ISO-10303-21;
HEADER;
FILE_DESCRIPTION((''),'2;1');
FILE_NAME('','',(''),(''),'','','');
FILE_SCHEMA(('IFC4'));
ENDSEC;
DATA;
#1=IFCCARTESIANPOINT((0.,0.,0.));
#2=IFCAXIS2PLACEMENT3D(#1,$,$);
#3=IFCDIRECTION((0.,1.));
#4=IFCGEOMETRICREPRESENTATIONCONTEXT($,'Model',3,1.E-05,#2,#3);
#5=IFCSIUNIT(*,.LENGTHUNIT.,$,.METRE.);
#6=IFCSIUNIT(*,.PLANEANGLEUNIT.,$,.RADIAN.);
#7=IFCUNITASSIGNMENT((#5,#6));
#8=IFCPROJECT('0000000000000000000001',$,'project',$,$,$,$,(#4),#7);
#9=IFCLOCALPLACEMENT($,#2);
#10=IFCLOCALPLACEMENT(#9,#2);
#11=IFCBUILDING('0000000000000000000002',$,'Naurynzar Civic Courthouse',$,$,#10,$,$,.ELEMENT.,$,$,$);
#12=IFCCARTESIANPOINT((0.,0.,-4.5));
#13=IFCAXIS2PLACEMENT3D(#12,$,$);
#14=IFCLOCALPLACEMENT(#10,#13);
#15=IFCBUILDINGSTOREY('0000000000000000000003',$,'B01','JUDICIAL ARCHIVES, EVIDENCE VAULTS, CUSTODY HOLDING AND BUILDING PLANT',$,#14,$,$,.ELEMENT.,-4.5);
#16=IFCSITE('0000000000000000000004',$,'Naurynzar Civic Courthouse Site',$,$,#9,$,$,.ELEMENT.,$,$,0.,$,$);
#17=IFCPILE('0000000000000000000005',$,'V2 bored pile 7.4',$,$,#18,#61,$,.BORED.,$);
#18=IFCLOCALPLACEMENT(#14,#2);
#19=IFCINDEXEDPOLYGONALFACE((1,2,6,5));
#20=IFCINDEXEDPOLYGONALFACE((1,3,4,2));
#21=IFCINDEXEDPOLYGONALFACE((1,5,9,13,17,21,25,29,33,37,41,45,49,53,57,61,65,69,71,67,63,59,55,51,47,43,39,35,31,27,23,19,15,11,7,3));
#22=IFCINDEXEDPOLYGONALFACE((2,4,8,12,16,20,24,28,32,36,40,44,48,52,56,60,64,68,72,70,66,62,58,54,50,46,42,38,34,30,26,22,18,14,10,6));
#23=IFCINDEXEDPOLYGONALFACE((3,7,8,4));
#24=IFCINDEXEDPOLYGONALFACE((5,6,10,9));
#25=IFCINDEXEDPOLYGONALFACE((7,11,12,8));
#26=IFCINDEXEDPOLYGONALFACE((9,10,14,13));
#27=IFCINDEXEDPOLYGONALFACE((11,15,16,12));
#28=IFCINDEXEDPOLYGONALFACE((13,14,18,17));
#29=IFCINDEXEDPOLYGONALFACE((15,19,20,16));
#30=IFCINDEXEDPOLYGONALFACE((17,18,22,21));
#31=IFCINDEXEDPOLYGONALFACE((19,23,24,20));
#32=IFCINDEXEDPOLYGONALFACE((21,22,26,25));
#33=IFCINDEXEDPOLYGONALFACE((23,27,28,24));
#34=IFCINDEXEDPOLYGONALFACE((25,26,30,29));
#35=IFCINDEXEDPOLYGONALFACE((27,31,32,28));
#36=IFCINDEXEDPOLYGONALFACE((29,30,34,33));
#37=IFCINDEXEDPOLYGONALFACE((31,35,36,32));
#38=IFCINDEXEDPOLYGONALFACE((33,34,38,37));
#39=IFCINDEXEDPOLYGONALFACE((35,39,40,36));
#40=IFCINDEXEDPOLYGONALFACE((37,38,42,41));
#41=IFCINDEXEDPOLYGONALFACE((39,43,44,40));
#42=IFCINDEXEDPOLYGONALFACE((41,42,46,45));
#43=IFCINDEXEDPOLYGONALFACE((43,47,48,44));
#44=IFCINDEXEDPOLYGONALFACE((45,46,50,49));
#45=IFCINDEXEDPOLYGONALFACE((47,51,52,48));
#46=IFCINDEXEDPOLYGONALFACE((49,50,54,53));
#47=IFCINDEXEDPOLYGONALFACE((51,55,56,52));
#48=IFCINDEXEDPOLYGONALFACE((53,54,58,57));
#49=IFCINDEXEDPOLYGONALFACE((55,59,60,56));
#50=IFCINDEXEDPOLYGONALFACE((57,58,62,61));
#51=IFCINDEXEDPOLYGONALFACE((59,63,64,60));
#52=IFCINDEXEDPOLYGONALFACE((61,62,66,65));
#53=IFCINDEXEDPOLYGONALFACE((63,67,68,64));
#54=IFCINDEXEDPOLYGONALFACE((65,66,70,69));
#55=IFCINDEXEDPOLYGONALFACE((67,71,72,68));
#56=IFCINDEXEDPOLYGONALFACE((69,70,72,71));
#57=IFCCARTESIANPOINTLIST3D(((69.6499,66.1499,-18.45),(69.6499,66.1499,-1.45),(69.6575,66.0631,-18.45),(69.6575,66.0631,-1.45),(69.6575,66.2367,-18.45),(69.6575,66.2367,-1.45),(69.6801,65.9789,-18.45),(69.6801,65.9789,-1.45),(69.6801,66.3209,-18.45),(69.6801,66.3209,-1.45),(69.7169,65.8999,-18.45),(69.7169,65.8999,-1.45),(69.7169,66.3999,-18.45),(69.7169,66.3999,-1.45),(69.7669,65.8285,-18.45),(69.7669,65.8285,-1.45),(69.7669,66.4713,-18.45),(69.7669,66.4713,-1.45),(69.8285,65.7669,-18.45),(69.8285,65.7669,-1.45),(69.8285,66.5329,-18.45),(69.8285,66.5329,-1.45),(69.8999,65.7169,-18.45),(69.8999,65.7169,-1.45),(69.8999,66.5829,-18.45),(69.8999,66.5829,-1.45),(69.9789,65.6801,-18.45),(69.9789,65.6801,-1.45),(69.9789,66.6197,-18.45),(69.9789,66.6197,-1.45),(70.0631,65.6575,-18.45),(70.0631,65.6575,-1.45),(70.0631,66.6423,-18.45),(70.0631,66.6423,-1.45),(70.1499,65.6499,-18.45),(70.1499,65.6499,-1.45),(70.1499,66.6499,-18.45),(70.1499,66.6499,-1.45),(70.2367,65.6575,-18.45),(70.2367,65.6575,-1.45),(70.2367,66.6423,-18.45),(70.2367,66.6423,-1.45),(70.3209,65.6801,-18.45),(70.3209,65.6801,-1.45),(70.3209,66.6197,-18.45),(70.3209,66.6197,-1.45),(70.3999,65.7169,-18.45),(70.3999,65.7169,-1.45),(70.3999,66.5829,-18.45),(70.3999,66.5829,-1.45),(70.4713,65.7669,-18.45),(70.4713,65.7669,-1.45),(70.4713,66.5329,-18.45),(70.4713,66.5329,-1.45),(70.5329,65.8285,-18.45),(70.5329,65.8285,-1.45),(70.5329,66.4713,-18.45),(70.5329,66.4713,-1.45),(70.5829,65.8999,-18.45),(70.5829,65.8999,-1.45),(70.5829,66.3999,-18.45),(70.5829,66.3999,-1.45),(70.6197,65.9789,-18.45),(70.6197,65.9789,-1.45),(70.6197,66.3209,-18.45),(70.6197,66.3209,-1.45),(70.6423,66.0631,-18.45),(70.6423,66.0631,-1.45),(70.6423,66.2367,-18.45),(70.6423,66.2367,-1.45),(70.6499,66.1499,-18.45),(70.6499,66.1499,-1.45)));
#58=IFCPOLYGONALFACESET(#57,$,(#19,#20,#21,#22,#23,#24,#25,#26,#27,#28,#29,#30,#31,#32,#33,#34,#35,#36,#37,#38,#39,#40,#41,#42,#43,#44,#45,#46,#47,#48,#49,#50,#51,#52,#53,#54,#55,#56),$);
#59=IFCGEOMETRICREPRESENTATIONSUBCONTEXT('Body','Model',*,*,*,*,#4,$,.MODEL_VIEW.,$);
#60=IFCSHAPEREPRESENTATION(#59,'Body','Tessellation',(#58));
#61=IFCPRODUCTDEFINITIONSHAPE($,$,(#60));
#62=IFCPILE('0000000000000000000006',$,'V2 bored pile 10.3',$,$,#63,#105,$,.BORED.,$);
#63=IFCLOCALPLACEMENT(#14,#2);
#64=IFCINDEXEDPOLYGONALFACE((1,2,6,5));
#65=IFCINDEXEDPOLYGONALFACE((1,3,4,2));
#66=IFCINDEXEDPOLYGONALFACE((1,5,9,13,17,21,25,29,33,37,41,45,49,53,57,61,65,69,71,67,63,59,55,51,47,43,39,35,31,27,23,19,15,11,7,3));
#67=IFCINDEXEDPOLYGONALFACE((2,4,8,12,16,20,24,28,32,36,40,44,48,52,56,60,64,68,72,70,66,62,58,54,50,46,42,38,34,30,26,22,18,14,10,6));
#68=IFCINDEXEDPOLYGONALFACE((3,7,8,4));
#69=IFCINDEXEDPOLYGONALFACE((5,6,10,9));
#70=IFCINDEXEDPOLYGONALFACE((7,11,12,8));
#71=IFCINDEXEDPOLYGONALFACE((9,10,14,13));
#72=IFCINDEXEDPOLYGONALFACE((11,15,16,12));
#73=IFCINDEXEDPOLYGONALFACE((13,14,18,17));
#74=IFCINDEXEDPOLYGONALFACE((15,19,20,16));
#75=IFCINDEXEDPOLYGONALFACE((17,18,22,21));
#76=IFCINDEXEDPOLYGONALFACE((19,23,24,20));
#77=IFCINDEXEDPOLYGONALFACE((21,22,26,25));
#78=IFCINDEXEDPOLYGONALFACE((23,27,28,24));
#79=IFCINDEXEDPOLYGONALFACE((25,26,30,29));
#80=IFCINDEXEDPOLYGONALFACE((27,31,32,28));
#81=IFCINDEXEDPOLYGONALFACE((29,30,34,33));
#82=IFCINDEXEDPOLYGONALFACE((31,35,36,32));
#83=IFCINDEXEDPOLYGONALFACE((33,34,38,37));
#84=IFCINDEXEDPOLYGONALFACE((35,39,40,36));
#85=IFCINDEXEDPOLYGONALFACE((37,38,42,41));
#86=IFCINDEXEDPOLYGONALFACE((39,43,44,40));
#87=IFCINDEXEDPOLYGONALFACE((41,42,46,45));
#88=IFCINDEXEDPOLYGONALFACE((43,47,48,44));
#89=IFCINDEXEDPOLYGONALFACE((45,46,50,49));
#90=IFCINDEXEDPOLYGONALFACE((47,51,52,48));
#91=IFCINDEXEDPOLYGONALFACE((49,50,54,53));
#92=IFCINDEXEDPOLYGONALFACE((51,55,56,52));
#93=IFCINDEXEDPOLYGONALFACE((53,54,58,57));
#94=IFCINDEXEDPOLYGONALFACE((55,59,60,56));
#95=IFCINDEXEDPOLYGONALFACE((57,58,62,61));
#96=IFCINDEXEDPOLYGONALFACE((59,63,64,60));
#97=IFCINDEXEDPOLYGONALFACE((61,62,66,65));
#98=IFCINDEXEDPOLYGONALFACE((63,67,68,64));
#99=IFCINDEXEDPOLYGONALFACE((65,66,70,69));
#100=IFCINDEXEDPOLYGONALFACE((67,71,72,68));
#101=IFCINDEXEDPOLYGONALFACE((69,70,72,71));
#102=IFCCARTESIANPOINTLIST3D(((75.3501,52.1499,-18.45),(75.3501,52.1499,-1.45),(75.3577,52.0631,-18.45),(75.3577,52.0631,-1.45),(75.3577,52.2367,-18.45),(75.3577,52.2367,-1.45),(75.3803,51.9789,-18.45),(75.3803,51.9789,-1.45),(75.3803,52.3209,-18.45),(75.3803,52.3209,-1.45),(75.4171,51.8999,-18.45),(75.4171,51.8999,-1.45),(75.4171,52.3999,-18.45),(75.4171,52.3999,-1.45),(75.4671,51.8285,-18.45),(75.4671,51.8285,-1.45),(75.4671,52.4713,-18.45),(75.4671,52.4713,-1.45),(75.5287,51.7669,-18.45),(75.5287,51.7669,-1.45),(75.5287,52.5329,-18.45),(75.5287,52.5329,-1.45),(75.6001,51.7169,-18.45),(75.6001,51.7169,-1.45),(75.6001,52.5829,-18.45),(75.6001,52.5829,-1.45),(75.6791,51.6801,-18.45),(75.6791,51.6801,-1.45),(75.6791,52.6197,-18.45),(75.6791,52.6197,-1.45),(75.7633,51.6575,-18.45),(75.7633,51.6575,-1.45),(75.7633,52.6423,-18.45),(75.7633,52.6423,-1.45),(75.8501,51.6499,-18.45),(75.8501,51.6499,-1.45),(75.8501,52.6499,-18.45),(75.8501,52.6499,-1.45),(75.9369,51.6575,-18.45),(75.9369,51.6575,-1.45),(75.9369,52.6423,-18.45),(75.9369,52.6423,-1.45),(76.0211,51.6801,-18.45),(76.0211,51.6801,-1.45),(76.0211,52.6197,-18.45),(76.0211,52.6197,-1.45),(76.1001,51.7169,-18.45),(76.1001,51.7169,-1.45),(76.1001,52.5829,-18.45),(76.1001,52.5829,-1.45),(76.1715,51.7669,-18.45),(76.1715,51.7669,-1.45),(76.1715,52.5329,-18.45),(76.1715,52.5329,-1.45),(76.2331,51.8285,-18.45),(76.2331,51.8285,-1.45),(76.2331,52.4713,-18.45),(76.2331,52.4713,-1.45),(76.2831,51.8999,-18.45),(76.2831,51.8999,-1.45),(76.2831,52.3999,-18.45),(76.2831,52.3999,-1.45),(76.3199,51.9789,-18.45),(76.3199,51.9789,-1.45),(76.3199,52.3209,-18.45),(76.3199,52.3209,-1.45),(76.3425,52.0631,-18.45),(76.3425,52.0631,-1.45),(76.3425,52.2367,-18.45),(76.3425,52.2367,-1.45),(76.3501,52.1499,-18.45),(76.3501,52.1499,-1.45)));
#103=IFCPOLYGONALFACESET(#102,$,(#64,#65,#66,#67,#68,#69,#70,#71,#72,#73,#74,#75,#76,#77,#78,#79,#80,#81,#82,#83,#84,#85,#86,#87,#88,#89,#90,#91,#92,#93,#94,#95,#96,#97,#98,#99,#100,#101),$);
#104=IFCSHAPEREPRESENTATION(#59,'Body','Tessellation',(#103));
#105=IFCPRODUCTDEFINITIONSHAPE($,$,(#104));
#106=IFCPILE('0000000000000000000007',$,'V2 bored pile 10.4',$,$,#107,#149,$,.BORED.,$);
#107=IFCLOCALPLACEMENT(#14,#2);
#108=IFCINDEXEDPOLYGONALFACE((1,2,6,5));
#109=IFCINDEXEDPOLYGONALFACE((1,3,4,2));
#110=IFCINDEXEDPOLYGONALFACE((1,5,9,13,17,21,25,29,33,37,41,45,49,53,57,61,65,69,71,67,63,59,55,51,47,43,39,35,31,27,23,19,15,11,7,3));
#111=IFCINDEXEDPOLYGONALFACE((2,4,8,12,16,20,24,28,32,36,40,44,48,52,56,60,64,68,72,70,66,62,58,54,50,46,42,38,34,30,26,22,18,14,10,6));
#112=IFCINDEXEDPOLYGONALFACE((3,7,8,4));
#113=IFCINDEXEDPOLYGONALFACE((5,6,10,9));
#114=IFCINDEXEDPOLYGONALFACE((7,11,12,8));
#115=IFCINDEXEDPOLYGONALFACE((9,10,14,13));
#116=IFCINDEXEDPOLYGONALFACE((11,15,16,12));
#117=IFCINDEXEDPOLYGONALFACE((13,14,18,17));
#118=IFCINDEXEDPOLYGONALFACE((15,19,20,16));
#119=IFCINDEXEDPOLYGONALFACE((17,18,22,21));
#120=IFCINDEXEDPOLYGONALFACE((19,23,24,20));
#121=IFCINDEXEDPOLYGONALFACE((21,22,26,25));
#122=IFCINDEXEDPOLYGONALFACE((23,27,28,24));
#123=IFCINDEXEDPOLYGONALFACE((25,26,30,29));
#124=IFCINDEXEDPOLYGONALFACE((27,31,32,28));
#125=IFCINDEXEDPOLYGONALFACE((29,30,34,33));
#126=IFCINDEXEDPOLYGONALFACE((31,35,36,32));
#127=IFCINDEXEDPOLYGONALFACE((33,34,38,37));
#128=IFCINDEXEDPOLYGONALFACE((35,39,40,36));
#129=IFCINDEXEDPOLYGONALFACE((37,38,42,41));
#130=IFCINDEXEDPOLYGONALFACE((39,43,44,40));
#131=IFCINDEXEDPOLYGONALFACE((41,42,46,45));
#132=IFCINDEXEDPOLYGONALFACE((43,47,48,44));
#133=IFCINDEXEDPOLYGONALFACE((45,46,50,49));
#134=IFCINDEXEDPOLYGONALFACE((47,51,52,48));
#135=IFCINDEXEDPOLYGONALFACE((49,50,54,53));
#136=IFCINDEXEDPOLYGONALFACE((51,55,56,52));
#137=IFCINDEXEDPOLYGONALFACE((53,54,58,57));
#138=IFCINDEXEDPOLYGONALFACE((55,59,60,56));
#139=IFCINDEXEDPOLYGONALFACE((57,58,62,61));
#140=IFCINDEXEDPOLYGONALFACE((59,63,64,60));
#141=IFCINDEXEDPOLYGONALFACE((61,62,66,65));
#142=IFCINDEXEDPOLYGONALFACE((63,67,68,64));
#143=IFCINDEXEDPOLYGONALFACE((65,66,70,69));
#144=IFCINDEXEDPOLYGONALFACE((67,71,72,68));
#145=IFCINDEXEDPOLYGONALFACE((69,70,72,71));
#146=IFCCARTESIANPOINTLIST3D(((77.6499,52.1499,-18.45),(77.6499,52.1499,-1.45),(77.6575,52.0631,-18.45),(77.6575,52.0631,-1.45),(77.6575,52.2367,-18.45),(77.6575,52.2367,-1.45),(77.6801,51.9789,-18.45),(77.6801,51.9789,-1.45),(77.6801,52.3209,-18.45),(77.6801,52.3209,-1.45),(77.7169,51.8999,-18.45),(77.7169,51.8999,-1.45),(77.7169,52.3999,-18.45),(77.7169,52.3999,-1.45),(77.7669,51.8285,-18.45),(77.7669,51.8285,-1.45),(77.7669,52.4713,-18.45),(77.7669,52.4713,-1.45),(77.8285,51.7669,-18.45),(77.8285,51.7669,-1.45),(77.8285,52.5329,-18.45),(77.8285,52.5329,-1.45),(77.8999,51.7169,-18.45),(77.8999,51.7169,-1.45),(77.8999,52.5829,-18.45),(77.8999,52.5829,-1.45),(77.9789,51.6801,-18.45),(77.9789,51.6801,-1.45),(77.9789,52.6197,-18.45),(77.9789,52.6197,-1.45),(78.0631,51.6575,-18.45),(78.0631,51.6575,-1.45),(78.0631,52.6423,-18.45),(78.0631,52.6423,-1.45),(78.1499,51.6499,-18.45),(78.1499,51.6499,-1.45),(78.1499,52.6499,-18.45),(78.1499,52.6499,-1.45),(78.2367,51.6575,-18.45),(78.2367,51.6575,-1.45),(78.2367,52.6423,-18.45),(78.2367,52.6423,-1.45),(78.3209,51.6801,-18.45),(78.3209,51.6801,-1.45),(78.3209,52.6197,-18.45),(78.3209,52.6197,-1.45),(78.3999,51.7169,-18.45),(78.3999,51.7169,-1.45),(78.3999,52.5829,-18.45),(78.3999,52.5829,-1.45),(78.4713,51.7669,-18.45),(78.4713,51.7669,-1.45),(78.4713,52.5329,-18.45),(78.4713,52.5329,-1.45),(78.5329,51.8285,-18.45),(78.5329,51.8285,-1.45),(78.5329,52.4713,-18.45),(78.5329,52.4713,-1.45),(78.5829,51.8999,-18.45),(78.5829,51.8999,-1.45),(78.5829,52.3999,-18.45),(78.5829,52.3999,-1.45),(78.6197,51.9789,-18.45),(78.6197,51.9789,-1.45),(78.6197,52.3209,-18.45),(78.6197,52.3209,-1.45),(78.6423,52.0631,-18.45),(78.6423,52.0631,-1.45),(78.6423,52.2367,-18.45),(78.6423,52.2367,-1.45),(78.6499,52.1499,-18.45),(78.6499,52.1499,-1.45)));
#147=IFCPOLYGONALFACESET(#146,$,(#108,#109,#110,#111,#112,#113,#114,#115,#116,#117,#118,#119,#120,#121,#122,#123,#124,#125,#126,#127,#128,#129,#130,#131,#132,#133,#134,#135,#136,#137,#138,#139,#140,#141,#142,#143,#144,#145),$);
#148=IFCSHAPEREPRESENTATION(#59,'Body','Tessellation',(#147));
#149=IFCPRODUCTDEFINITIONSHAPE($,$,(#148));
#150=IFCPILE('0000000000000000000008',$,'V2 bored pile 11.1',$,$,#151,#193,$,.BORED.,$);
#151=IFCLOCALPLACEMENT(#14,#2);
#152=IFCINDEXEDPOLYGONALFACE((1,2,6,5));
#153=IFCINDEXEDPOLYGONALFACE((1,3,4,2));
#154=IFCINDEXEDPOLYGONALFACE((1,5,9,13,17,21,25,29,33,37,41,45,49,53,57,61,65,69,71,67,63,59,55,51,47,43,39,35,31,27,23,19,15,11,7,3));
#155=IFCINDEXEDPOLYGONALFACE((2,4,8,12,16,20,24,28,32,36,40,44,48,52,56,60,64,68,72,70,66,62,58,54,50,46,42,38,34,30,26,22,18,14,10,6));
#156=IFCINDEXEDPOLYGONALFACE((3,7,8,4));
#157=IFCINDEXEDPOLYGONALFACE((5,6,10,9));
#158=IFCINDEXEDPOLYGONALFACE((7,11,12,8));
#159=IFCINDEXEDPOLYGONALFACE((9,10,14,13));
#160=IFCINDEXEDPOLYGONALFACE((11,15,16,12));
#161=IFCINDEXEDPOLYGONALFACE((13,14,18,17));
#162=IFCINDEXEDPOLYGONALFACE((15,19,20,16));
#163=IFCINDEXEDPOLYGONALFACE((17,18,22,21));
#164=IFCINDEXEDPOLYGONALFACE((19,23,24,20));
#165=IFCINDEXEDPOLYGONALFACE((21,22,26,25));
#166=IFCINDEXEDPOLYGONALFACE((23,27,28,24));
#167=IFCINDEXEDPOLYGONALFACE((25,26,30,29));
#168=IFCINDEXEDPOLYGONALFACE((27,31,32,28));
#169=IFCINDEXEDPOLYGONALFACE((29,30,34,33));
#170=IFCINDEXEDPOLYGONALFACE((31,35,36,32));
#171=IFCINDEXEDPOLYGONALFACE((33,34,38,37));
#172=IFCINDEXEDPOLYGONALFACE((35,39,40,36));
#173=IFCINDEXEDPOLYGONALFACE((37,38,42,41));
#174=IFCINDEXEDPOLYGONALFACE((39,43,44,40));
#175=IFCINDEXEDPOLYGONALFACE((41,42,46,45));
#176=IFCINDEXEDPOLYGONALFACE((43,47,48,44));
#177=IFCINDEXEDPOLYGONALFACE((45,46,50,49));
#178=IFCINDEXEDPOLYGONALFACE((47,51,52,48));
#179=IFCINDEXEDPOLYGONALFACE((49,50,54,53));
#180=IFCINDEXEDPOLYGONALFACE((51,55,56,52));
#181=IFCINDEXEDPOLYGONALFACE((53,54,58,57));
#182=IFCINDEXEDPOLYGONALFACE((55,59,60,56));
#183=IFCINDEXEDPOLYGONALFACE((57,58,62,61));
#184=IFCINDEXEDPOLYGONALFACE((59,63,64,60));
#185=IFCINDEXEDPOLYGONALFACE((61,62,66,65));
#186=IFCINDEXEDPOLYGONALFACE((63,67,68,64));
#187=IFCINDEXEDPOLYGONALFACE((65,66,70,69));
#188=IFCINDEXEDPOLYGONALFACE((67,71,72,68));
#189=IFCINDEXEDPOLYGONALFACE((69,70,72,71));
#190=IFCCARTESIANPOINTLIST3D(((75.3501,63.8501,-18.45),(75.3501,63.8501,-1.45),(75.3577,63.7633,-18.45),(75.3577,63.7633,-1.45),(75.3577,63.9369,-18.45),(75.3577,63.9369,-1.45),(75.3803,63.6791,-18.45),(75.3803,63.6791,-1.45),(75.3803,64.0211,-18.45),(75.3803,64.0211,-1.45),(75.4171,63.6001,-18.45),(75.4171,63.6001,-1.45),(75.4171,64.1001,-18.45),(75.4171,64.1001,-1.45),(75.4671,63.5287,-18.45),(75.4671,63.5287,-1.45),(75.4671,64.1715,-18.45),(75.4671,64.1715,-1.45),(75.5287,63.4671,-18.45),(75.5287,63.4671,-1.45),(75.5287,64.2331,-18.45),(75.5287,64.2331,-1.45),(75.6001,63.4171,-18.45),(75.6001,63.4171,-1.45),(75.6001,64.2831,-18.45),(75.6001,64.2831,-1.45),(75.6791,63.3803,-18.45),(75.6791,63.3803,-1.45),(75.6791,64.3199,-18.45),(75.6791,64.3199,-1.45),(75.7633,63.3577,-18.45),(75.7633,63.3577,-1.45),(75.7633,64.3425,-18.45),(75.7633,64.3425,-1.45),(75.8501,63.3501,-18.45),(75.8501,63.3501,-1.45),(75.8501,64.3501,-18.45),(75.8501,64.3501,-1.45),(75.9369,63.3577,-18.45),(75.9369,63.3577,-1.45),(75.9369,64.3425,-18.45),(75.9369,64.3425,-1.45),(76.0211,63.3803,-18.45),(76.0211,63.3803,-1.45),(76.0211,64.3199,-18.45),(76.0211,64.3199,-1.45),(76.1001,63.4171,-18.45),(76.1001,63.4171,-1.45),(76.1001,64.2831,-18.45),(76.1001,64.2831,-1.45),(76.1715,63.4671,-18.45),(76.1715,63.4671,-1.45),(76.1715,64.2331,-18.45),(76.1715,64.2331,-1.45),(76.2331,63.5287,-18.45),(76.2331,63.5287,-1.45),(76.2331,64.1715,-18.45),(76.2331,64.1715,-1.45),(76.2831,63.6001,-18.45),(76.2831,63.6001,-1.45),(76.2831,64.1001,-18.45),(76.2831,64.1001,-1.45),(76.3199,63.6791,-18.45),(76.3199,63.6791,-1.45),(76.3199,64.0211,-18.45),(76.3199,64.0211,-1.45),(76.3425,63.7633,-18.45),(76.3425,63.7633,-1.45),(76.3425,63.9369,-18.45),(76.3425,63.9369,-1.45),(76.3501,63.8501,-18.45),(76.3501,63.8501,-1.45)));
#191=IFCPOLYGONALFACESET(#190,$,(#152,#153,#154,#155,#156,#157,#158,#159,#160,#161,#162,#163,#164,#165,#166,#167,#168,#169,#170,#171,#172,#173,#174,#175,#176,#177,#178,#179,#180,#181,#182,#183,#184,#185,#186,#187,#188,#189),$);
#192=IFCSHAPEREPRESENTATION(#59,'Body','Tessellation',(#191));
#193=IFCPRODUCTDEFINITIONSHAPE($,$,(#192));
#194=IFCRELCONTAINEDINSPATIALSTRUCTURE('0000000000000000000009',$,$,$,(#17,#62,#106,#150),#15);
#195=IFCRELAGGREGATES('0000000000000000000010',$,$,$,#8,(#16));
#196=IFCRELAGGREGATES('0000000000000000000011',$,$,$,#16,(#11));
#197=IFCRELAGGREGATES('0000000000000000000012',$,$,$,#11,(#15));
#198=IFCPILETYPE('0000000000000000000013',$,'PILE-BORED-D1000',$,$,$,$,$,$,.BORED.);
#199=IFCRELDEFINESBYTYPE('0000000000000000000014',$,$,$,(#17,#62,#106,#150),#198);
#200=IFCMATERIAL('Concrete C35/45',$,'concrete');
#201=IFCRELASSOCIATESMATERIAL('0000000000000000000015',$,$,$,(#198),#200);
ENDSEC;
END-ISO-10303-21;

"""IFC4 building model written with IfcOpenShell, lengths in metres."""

from ifc_helpers import new_model, si_unit, direction, frame, origin, origin_2d, place, context, subcontext, project, spatial, circle, extrude, material, material_profile, profile_set, type_object, element, save


model = new_model("IFC4")

# Units and contexts
model_context = context("Model", 3, precision=1e-05, world=origin(), true_north=direction((0.0, 1.0)))
body_context = subcontext(model_context, "Body", "Model", "MODEL_VIEW")
ifc_project = project(units=[si_unit("LENGTHUNIT", "METRE"), si_unit("PLANEANGLEUNIT", "RADIAN")], contexts=[model_context])

# Site, building, storey
site_placement = place(None, origin())
site = spatial("IfcSite", under=ifc_project, at=site_placement, Name="Naurynzar Civic Courthouse Site", CompositionType="ELEMENT", RefElevation=0.0)
building_placement = place(site_placement, origin())
building = spatial("IfcBuilding", under=site, at=building_placement, Name="Naurynzar Civic Courthouse", CompositionType="ELEMENT")
storey_placement = place(building_placement, frame((0.0, 0.0, -4.5)))
storey = spatial("IfcBuildingStorey", under=building, at=storey_placement, Name="B01", Description="JUDICIAL ARCHIVES, EVIDENCE VAULTS, CUSTODY HOLDING AND BUILDING PLANT", CompositionType="ELEMENT", Elevation=-4.5)

# Piles
ifc_material_1 = material(Name="Concrete C35/45", Category="concrete")
ifc_material_profile_1 = material_profile(ifc_material_1, circle(Radius=0.5, at=origin_2d()), Name="PILE D1000")
ifc_profile_set_1 = profile_set([ifc_material_profile_1], Name="Concrete C35/45")
pile_type_1 = type_object("IfcPileType", Name="PILE-BORED-D1000", PredefinedType="BORED", material=ifc_profile_set_1)
for number, where, z_axis, x_axis, name in (
    (1, (70.1499, 66.1499, -1.45), (0.0, 0.0, -1.0), (1.0, 0.0, 0.0), "V2 bored pile 7.4"),
    (2, (75.8501, 52.1499, -1.45), (0.0, 0.0, -1.0), (1.0, 0.0, 0.0), "V2 bored pile 10.3"),
    (3, (78.1499, 52.1499, -1.45), (0.0, 0.0, -1.0), (1.0, 0.0, 0.0), "V2 bored pile 10.4"),
    (4, (75.8501, 63.8501, -1.45), (0.0, 0.0, -1.0), (1.0, 0.0, 0.0), "V2 bored pile 11.1"),
):
    element("IfcPile", number, at=place(storey_placement, frame(where, z_axis=z_axis, x_axis=x_axis)), inside=storey, type_object=pile_type_1, Name=name, PredefinedType="BORED", context=body_context, shape_type="SweptSolid", body=[
        extrude(circle(Radius=0.5, at=origin_2d()), origin(), (0.0, 0.0, 1.0), 17.0),
    ])

save(model, "model.ifc")
